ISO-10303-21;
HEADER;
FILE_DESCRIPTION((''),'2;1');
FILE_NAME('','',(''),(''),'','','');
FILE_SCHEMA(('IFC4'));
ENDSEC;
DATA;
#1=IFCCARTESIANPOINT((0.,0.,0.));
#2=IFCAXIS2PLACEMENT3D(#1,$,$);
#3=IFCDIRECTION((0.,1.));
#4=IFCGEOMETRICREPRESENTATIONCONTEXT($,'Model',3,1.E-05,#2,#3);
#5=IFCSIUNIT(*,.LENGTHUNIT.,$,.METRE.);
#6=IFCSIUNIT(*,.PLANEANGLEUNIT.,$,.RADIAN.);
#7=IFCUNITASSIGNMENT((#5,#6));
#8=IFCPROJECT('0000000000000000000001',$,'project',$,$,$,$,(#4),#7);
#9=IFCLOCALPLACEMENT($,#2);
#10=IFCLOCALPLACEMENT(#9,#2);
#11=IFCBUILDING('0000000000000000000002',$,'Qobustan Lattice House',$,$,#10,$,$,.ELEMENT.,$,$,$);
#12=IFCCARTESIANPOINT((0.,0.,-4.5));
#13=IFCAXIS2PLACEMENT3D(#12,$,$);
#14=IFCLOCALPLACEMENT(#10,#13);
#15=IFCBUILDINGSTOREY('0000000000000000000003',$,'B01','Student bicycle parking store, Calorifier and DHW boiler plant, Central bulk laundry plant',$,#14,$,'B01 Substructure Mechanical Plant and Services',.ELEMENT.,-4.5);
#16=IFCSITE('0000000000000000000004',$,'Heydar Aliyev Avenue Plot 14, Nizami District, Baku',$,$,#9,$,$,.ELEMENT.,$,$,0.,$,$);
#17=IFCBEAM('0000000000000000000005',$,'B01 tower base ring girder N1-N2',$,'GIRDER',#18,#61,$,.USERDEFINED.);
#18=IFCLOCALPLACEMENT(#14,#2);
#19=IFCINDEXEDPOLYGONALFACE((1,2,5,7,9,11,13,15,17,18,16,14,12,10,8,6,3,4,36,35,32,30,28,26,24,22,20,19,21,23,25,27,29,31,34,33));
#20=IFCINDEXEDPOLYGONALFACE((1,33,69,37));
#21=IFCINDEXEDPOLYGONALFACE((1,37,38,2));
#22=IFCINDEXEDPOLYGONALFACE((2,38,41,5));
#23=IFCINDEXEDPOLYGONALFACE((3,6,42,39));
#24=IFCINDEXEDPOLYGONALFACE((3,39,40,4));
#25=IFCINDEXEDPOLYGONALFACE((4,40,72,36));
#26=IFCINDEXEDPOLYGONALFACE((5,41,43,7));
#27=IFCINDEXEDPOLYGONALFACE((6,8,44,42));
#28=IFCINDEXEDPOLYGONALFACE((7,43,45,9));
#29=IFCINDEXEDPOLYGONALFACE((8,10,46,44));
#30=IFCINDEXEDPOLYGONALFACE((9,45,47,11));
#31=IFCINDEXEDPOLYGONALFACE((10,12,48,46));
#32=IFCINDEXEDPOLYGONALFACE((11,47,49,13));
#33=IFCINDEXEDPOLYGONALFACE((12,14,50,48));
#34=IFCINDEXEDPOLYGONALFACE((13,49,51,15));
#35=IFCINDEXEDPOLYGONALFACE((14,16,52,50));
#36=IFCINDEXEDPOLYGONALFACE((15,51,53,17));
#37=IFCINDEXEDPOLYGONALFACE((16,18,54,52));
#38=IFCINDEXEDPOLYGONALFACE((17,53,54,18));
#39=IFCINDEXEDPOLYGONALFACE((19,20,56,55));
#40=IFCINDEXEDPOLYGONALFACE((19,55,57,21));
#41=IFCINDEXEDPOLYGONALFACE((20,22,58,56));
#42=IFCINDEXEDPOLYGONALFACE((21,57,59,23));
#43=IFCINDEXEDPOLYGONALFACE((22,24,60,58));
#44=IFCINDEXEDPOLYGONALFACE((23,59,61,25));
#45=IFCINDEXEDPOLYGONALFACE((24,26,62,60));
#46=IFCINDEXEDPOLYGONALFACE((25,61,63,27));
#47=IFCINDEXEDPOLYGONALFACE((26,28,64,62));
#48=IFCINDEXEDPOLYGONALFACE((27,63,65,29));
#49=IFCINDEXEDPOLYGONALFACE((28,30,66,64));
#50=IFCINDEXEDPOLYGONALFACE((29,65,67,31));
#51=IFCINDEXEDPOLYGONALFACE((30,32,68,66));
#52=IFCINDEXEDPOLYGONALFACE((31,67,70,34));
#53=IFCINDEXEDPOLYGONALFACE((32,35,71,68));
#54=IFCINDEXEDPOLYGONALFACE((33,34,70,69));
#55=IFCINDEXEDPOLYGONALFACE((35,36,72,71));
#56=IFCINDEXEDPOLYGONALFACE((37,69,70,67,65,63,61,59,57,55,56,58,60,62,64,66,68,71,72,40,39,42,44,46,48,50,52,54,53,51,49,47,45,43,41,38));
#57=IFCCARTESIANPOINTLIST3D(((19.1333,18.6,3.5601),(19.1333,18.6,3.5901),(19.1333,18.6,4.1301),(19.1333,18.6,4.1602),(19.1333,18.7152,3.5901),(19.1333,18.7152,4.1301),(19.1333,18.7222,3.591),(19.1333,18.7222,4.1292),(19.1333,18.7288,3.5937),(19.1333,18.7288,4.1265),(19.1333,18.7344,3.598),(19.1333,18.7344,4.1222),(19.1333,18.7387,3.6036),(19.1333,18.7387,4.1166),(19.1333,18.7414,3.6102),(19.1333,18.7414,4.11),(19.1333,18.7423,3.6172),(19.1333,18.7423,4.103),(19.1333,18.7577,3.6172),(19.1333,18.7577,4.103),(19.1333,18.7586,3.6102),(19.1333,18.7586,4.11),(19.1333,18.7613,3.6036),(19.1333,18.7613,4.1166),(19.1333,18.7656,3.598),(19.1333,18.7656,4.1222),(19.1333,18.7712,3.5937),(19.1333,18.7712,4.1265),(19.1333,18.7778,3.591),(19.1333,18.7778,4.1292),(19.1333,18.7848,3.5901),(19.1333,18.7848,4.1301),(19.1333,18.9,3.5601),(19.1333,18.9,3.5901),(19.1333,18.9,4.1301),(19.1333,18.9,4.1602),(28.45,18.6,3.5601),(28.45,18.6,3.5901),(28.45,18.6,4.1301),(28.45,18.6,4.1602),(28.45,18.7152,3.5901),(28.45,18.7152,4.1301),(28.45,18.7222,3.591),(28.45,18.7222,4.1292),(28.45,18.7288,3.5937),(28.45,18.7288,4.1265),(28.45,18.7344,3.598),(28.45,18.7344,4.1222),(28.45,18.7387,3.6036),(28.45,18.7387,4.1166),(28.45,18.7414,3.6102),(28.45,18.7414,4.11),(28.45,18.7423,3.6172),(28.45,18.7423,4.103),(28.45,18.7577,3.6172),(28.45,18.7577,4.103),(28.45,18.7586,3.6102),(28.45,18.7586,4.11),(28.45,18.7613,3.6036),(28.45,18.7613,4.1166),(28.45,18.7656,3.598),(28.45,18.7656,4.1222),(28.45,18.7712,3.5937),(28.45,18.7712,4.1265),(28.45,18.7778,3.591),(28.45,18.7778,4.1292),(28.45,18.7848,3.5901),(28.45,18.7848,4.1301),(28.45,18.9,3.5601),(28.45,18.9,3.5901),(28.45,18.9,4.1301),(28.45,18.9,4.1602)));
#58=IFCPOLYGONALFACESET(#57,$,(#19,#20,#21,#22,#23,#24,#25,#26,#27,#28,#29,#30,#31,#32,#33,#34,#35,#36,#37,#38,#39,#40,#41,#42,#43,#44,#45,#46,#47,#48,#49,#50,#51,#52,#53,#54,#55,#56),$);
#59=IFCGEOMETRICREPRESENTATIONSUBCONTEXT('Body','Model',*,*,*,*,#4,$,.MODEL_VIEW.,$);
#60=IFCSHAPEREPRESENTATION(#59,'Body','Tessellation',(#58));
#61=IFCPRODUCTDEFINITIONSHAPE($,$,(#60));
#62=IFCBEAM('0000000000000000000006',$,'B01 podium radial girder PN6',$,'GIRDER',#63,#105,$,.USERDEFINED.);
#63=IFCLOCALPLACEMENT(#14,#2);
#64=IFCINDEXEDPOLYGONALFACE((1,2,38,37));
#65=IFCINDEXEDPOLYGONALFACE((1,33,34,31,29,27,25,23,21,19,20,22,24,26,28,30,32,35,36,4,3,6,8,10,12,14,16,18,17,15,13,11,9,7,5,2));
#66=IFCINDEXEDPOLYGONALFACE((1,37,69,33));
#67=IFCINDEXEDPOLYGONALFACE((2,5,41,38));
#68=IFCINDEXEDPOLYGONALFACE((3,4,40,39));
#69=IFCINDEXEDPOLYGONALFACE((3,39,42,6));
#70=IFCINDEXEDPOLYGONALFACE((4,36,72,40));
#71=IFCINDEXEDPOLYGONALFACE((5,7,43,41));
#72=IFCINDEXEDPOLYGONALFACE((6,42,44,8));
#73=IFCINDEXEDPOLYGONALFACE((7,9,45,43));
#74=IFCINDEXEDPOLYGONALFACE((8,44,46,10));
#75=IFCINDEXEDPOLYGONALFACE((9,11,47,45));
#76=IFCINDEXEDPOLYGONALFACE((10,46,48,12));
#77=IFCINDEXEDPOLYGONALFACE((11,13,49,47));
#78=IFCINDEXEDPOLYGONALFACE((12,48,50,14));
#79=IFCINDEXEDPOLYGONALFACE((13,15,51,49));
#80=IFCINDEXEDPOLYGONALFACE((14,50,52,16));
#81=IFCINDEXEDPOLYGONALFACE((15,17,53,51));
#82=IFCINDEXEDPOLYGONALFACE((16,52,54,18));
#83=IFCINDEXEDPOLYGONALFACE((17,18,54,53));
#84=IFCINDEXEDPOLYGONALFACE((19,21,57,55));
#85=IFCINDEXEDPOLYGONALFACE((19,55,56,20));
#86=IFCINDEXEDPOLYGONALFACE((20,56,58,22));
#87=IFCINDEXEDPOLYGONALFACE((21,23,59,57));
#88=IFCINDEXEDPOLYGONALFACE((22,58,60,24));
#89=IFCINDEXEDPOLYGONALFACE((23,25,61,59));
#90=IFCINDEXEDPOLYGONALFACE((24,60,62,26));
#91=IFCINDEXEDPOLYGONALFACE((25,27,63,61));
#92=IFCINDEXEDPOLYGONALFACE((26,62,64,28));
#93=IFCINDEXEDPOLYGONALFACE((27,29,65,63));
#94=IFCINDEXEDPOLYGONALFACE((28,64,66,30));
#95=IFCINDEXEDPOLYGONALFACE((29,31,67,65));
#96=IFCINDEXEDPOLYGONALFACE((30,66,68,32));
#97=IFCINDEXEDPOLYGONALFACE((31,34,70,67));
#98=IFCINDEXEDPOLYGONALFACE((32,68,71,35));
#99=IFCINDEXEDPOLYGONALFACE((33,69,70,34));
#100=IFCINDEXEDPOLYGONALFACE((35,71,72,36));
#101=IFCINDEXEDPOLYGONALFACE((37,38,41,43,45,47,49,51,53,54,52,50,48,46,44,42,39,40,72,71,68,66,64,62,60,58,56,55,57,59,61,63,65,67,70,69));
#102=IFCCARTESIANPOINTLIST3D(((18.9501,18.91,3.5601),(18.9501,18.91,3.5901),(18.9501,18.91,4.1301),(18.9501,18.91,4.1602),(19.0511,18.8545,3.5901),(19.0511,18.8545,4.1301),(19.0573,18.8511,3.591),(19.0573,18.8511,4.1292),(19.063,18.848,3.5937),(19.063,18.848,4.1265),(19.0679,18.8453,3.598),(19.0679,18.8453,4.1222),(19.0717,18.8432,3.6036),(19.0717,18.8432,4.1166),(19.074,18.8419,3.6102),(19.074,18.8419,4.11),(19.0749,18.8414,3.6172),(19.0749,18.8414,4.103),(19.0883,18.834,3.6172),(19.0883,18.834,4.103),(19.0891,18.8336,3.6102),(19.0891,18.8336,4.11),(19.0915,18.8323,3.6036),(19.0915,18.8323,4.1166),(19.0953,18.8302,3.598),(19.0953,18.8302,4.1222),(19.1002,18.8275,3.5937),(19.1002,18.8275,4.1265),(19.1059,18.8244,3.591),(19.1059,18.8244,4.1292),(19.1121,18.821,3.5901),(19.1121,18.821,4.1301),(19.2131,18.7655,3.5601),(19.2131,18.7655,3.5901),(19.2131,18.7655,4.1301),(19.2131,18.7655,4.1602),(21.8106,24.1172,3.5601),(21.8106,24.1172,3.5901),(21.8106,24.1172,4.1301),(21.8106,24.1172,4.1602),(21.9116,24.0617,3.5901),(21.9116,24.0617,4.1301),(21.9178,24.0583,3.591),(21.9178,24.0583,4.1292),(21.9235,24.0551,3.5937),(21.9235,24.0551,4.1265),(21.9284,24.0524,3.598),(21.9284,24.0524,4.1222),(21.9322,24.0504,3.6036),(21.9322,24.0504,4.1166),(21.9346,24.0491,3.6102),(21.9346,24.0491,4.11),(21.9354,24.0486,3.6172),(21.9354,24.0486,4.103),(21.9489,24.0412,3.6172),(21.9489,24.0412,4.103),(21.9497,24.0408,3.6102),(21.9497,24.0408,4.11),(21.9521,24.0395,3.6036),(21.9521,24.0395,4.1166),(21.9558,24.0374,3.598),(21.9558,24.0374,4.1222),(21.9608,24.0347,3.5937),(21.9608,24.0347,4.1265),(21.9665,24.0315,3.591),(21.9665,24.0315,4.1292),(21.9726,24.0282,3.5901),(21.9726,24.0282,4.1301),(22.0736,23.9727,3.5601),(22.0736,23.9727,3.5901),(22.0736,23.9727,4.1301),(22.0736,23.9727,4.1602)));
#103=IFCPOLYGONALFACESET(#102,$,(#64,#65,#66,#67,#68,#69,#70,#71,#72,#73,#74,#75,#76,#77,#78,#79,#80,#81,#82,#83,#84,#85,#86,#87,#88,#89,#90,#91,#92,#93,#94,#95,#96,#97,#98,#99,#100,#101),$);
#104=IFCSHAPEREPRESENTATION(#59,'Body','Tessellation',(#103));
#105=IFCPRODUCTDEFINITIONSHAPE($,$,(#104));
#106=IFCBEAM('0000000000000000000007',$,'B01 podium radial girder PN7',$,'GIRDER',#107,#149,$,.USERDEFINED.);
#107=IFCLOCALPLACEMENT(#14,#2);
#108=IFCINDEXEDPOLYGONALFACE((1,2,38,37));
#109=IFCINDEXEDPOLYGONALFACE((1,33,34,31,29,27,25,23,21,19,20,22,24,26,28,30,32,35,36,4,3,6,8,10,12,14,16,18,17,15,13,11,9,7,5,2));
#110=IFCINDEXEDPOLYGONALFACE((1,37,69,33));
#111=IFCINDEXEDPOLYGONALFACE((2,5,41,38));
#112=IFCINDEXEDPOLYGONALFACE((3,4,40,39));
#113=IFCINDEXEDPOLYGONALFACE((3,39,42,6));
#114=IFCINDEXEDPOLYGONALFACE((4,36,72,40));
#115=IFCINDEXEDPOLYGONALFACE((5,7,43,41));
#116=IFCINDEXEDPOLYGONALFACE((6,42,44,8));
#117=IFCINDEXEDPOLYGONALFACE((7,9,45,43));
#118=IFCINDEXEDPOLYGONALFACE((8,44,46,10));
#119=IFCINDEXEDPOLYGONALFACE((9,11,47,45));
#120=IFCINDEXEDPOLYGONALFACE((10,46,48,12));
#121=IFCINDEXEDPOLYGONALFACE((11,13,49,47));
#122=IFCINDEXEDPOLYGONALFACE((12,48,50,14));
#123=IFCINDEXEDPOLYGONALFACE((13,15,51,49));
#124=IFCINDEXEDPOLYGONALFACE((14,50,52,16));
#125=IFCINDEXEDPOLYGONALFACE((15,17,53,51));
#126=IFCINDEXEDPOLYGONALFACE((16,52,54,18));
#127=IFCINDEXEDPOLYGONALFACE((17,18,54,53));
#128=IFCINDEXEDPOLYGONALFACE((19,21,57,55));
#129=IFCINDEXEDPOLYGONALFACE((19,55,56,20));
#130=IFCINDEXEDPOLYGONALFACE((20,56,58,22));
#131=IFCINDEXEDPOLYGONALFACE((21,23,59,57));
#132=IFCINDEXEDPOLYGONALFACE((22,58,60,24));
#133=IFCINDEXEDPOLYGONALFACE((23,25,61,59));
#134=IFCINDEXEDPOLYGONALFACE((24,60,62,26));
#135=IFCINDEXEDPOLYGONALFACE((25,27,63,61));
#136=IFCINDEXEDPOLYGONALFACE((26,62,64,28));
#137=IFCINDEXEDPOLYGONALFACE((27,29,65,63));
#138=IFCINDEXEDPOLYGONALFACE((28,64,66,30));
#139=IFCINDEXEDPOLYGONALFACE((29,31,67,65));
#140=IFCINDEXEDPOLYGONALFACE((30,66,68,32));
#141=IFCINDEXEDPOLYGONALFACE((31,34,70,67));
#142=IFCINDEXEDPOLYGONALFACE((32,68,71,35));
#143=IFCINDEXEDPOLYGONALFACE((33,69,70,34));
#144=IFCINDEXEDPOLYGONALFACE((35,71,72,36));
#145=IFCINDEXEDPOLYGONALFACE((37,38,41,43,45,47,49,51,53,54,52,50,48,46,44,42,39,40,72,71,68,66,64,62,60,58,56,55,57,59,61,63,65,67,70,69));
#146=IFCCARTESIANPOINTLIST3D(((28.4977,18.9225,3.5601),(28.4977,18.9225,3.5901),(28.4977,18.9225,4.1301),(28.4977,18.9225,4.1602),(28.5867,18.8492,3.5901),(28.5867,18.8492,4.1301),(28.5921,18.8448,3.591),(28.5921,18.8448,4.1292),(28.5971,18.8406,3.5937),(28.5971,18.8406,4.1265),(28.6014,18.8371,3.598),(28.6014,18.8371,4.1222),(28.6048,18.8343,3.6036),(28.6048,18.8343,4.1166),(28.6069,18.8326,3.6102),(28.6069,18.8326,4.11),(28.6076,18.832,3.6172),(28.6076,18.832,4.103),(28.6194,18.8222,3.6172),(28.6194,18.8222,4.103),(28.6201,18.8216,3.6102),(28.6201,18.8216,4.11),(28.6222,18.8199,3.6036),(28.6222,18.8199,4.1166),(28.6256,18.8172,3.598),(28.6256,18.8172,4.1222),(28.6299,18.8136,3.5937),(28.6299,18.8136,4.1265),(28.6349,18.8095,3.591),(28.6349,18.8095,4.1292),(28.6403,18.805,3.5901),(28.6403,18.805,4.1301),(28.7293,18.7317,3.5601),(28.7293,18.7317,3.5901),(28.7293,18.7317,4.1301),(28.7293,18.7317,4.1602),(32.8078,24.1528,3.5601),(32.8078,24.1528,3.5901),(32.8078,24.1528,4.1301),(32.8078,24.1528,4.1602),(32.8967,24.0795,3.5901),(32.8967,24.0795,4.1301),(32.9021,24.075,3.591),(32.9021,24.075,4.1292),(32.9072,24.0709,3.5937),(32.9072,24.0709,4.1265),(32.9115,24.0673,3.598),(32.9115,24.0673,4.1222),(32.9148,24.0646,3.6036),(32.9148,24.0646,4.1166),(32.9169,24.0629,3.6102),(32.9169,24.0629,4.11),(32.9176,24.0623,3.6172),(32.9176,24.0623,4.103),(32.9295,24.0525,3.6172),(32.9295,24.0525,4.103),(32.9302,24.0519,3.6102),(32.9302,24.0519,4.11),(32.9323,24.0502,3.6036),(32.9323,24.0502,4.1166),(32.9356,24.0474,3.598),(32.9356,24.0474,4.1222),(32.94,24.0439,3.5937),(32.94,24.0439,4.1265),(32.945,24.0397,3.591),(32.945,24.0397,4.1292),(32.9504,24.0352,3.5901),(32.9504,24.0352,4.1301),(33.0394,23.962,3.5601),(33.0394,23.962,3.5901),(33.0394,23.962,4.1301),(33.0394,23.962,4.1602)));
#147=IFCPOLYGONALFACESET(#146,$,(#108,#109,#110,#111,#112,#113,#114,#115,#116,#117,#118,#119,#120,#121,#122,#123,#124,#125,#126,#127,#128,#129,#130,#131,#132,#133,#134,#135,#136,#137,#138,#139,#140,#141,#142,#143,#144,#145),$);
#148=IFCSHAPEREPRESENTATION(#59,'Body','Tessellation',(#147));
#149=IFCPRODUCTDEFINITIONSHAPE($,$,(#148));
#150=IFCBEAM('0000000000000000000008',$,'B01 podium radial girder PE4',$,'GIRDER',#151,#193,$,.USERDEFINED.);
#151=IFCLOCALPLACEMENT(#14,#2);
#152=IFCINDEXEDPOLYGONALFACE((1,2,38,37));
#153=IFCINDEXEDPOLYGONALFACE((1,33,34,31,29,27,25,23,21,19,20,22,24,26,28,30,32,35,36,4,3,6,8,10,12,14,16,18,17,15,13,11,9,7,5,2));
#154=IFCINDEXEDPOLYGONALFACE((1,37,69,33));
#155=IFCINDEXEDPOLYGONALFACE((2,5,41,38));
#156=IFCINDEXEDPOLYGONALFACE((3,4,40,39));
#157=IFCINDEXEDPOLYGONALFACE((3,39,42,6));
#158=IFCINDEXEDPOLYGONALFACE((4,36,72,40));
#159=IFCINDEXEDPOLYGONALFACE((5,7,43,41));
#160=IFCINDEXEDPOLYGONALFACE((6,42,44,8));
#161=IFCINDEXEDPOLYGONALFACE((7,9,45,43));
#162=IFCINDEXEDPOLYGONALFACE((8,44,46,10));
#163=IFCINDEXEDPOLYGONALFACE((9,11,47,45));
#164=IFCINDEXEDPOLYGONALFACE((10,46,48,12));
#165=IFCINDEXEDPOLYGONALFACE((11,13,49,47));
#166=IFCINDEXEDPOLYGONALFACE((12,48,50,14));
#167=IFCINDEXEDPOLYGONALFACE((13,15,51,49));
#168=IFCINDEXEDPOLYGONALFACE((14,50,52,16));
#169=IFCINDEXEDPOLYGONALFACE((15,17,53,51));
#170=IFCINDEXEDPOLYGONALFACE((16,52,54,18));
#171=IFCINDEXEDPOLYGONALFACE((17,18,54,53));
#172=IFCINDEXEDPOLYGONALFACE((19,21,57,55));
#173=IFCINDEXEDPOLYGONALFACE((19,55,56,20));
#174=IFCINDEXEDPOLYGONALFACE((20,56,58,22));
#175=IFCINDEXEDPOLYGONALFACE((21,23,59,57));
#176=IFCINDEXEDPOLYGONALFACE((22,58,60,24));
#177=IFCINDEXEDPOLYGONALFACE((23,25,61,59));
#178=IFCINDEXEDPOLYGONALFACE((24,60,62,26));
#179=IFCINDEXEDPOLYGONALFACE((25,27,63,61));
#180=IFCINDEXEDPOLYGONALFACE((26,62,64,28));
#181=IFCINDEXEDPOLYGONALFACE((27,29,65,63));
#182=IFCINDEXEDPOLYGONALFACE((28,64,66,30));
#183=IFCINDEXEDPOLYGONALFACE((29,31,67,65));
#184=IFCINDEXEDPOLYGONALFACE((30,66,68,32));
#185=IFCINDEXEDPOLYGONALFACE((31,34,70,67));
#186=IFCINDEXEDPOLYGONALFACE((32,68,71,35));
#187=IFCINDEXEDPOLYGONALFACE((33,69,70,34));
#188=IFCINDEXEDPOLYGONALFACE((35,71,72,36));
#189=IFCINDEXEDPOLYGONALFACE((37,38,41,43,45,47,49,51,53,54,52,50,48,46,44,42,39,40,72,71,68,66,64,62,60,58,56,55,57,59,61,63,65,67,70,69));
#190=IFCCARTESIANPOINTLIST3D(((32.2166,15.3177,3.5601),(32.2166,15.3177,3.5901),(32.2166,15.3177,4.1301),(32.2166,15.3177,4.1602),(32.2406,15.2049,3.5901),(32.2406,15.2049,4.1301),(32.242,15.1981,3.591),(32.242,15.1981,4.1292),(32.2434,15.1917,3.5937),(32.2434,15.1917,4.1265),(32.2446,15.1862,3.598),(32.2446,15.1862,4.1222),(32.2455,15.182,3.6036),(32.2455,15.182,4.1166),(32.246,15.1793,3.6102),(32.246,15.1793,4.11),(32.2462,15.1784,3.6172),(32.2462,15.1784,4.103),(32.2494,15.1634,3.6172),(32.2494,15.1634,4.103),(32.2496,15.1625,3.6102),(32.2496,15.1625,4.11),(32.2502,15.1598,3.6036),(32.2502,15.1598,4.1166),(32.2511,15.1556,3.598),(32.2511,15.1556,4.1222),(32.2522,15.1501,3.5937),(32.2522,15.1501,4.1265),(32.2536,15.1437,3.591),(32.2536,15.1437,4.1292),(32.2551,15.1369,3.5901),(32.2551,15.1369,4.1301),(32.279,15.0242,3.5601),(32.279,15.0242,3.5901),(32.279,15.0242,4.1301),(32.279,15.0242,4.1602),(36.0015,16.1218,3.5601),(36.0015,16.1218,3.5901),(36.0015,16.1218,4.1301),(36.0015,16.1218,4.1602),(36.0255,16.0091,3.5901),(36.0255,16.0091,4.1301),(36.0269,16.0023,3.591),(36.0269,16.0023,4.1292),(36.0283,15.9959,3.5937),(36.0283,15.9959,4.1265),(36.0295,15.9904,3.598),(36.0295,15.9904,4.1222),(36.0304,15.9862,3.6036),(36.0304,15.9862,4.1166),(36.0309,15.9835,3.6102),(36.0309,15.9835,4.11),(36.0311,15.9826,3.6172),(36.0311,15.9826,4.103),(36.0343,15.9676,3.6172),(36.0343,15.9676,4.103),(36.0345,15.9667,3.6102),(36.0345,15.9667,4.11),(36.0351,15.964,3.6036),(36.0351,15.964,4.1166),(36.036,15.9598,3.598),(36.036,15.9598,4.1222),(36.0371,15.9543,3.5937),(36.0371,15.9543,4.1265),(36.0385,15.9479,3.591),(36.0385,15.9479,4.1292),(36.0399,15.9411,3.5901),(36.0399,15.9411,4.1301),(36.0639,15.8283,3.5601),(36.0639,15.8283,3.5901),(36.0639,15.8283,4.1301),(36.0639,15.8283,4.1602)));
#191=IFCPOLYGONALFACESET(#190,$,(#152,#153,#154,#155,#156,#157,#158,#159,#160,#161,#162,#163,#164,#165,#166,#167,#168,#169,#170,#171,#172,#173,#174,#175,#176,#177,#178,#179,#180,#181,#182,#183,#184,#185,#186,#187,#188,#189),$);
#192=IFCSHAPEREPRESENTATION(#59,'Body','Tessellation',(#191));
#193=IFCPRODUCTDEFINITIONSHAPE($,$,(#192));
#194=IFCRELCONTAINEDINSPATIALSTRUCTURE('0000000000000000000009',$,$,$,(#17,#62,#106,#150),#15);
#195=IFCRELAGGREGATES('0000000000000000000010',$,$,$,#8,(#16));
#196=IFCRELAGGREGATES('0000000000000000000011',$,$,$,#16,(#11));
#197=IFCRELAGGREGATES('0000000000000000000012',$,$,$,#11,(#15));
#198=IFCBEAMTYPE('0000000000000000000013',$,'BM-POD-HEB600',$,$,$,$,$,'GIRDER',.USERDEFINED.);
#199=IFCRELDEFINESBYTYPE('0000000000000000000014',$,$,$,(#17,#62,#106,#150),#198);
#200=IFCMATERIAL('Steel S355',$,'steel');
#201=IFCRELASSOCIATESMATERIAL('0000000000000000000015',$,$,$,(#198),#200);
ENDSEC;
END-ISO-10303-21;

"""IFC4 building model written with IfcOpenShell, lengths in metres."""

from ifc_helpers import new_model, si_unit, direction, frame, origin, origin_2d, place, context, subcontext, project, spatial, i_section, extrude, material, material_profile, profile_set, type_object, element, save


model = new_model("IFC4")

# Units and contexts
model_context = context("Model", 3, precision=1e-05, world=origin(), true_north=direction((0.0, 1.0)))
body_context = subcontext(model_context, "Body", "Model", "MODEL_VIEW")
ifc_project = project(units=[si_unit("LENGTHUNIT", "METRE"), si_unit("PLANEANGLEUNIT", "RADIAN")], contexts=[model_context])

# Site, building, storey
site_placement = place(None, origin())
site = spatial("IfcSite", under=ifc_project, at=site_placement, Name="Heydar Aliyev Avenue Plot 14, Nizami District, Baku", CompositionType="ELEMENT", RefElevation=0.0)
building_placement = place(site_placement, origin())
building = spatial("IfcBuilding", under=site, at=building_placement, Name="Qobustan Lattice House", CompositionType="ELEMENT")
storey_placement = place(building_placement, frame((0.0, 0.0, -4.5)))
storey = spatial("IfcBuildingStorey", under=building, at=storey_placement, Name="B01", Description="Student bicycle parking store, Calorifier and DHW boiler plant, Central bulk laundry plant", LongName="B01 Substructure Mechanical Plant and Services", CompositionType="ELEMENT", Elevation=-4.5)

# Beams
ifc_material_1 = material(Name="Steel S355", Category="steel")
ifc_material_profile_1 = material_profile(ifc_material_1, i_section(OverallWidth=0.3, OverallDepth=0.6001, WebThickness=0.0154, FlangeThickness=0.03, FilletRadius=0.0271, at=origin_2d()), Name="HEB600")
ifc_profile_set_1 = profile_set([ifc_material_profile_1], Name="Steel S355")
beam_type_1 = type_object("IfcBeamType", Name="BM-POD-HEB600", ElementType="GIRDER", PredefinedType="USERDEFINED", material=ifc_profile_set_1)
beam_1_placement = place(storey_placement, frame((28.45, 18.75, 3.8601), z_axis=(-1.0, 0.0, 0.0), x_axis=(0.0, -1.0, 0.0)))
element("IfcBeam", 1, at=beam_1_placement, inside=storey, type_object=beam_type_1, Name="B01 tower base ring girder N1-N2", ObjectType="GIRDER", PredefinedType="USERDEFINED", context=body_context, shape_type="SweptSolid", body=[
    extrude(i_section(OverallWidth=0.3, OverallDepth=0.6001, WebThickness=0.0154, FlangeThickness=0.03, FilletRadius=0.0271, at=origin_2d()), origin(), (0.0, 0.0, 1.0), 9.3167),
])
beam_2_placement = place(storey_placement, frame((21.9421, 24.0449, 3.8601), z_axis=(-0.481479, -0.876458, 0.0), x_axis=(0.876458, -0.481479, 0.0)))
element("IfcBeam", 2, at=beam_2_placement, inside=storey, type_object=beam_type_1, Name="B01 podium radial girder PN6", ObjectType="GIRDER", PredefinedType="USERDEFINED", context=body_context, shape_type="SweptSolid", body=[
    extrude(i_section(OverallWidth=0.3, OverallDepth=0.6001, WebThickness=0.0154, FlangeThickness=0.03, FilletRadius=0.0271, at=origin_2d()), origin(), (0.0, 0.0, 1.0), 5.9412),
])
beam_3_placement = place(storey_placement, frame((32.9236, 24.0574, 3.8601), z_axis=(-0.635955, -0.771726, 0.0), x_axis=(0.771726, -0.635955, 0.0)))
element("IfcBeam", 3, at=beam_3_placement, inside=storey, type_object=beam_type_1, Name="B01 podium radial girder PN7", ObjectType="GIRDER", PredefinedType="USERDEFINED", context=body_context, shape_type="SweptSolid", body=[
    extrude(i_section(OverallWidth=0.3, OverallDepth=0.6001, WebThickness=0.0154, FlangeThickness=0.03, FilletRadius=0.0271, at=origin_2d()), origin(), (0.0, 0.0, 1.0), 6.7773),
])
beam_4_placement = place(storey_placement, frame((36.0327, 15.9751, 3.8601), z_axis=(-0.978164, -0.207835, 0.0), x_axis=(0.207835, -0.978164, 0.0)))
element("IfcBeam", 4, at=beam_4_placement, inside=storey, type_object=beam_type_1, Name="B01 podium radial girder PE4", ObjectType="GIRDER", PredefinedType="USERDEFINED", context=body_context, shape_type="SweptSolid", body=[
    extrude(i_section(OverallWidth=0.3, OverallDepth=0.6001, WebThickness=0.0154, FlangeThickness=0.03, FilletRadius=0.0271, at=origin_2d()), origin(), (0.0, 0.0, 1.0), 3.8694),
])

save(model, "model.ifc")
